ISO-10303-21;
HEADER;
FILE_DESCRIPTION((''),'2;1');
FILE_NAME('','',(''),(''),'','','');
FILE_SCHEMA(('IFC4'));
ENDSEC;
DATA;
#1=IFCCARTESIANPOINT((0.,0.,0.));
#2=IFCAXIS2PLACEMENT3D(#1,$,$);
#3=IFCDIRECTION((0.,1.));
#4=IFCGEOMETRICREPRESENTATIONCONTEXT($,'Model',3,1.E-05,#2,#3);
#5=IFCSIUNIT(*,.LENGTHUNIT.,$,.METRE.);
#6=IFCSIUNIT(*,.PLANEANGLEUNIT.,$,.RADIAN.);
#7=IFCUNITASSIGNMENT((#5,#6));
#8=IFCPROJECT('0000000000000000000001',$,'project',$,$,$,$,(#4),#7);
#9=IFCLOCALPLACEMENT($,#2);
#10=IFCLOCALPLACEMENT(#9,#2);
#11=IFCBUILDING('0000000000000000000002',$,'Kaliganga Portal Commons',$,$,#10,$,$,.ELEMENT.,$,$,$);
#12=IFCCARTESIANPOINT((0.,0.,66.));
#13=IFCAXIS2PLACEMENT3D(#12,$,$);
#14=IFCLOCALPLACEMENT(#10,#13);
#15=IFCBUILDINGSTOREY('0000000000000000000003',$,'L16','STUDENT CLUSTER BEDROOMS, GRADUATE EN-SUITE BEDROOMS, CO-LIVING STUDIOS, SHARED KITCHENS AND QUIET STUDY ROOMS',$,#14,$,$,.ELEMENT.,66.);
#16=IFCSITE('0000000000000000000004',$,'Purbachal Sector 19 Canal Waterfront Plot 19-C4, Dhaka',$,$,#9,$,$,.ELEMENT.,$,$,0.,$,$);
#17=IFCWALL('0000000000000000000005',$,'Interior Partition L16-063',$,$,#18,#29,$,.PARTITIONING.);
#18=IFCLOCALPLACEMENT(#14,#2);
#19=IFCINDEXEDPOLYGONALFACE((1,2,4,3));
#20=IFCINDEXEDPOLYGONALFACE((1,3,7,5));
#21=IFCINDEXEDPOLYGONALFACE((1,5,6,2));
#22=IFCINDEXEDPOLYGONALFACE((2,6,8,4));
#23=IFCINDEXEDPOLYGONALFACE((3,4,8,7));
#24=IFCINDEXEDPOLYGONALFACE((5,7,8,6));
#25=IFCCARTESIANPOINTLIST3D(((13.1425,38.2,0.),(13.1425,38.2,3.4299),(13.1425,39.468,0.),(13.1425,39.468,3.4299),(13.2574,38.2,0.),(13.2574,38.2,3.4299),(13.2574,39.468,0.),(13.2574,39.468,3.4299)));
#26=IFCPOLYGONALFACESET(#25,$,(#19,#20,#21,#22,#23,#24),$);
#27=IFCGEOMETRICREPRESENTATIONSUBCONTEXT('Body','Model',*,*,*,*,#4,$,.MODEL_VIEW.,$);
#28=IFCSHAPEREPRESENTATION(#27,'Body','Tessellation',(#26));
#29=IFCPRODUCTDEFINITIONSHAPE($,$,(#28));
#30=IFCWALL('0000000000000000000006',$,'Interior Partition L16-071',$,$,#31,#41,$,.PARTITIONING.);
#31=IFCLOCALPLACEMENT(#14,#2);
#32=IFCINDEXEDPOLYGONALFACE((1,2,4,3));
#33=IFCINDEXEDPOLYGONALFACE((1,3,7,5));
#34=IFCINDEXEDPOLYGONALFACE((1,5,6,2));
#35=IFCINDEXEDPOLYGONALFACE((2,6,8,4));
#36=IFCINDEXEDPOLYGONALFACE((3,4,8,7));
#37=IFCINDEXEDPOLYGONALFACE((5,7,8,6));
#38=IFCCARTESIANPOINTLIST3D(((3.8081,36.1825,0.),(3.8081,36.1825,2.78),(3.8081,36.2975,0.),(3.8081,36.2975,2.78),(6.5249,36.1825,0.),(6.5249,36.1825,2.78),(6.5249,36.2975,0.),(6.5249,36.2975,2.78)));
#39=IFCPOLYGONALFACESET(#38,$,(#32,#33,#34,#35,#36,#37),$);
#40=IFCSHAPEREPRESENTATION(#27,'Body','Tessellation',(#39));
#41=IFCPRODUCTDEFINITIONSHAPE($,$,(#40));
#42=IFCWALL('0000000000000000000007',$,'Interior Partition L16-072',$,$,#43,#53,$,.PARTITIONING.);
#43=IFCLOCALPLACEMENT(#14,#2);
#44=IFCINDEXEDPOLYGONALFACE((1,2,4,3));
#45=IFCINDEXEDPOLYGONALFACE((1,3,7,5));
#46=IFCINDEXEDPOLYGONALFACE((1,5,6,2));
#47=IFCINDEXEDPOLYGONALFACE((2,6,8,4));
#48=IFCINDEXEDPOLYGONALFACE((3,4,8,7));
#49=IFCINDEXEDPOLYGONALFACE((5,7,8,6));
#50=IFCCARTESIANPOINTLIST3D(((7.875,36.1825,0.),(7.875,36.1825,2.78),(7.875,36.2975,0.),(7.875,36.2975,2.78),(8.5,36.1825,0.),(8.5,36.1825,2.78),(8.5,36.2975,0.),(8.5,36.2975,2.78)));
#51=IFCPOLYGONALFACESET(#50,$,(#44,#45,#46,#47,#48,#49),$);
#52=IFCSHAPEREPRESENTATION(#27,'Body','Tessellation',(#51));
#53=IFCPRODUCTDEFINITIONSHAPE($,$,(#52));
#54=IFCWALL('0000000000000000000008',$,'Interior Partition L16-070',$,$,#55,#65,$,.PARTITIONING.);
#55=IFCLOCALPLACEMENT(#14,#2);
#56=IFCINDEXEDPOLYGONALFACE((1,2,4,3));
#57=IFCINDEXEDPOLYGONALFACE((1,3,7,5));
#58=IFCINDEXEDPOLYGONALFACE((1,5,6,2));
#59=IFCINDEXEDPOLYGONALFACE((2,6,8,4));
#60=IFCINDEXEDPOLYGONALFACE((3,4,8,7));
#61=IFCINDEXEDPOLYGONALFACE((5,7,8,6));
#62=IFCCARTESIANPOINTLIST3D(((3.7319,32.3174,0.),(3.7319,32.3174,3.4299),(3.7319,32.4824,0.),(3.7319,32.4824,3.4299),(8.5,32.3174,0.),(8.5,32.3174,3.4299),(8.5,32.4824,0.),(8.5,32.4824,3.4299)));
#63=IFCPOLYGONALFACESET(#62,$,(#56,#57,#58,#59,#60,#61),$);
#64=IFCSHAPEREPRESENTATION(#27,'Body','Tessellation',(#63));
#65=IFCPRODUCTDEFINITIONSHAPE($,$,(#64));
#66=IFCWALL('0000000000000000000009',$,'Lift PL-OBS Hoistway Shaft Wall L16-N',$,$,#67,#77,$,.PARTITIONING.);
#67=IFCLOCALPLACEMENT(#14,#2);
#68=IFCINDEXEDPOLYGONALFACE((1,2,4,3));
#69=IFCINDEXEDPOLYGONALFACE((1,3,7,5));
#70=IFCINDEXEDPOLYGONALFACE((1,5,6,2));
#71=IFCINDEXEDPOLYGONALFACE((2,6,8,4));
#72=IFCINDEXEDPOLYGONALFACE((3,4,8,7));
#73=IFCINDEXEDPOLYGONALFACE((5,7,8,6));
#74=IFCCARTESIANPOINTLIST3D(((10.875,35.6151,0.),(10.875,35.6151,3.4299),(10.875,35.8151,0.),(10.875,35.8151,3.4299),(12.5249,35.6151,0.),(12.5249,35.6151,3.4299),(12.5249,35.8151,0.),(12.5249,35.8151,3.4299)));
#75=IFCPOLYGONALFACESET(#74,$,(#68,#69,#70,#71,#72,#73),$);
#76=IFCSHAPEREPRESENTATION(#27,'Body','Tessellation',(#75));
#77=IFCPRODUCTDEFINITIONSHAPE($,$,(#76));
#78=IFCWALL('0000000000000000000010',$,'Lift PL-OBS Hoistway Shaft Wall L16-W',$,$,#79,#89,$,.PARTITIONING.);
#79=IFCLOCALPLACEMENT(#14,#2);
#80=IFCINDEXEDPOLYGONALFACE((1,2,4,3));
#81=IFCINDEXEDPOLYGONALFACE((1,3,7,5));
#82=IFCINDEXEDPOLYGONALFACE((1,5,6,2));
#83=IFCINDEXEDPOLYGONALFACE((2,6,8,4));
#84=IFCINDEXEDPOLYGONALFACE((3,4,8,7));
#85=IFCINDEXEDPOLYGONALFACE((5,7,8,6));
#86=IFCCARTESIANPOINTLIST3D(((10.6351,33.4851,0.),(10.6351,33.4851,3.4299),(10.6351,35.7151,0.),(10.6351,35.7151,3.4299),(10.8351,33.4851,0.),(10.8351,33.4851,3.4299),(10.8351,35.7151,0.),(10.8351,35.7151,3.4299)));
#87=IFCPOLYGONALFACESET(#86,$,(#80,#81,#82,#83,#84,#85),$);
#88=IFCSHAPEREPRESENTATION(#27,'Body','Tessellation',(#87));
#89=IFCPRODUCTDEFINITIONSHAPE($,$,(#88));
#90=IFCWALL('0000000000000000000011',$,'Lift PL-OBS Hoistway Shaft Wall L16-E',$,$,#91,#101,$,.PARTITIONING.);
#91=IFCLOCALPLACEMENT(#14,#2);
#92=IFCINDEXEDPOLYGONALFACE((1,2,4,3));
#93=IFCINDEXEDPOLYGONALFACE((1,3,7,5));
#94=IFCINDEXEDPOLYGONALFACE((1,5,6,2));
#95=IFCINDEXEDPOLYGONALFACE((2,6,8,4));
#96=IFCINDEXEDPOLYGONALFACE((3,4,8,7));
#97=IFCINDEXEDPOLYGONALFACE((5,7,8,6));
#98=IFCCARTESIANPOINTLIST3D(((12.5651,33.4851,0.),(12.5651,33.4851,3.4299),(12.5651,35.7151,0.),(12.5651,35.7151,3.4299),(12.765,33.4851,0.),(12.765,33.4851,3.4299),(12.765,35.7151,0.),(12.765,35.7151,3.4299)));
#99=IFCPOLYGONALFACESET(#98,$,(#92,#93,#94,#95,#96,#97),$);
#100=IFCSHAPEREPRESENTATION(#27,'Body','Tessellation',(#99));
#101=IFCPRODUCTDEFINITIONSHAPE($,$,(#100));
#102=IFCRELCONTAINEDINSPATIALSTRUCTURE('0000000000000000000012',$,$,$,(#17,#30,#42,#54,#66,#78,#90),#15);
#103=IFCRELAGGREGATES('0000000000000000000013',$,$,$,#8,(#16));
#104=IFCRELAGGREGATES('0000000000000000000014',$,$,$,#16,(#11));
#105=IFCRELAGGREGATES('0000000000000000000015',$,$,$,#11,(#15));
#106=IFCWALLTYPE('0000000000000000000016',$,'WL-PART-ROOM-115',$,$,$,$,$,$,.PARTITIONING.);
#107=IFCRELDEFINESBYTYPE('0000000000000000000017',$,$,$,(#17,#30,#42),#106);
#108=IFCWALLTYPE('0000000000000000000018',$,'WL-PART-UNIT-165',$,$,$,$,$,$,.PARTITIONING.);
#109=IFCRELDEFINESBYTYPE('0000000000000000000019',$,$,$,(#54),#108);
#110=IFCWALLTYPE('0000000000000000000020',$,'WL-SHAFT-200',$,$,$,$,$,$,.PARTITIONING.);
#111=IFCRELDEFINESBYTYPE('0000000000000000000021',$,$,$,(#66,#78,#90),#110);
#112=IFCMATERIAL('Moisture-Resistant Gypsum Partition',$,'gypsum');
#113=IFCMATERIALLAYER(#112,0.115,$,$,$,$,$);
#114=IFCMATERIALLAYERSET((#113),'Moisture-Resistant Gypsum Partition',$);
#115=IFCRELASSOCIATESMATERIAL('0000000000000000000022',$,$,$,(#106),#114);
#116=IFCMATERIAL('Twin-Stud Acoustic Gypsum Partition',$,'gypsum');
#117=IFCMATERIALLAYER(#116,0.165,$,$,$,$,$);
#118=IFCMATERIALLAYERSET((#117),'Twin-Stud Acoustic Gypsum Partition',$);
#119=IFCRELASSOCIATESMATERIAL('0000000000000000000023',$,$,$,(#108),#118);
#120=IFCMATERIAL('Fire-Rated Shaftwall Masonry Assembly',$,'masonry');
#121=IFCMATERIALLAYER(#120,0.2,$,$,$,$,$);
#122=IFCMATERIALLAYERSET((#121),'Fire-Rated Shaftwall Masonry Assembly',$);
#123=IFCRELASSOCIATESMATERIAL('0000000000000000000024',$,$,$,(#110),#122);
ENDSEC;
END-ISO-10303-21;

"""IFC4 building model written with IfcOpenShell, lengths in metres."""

from ifc_helpers import new_model, si_unit, direction, frame, frame_2d, origin, place, context, subcontext, project, spatial, rectangle, extrude, material, layer, layer_set, type_object, element, save


model = new_model("IFC4")

# Units and contexts
model_context = context("Model", 3, precision=1e-05, world=origin(), true_north=direction((0.0, 1.0)))
body_context = subcontext(model_context, "Body", "Model", "MODEL_VIEW")
ifc_project = project(units=[si_unit("LENGTHUNIT", "METRE"), si_unit("PLANEANGLEUNIT", "RADIAN")], contexts=[model_context])

# Site, building, storey
site_placement = place(None, origin())
site = spatial("IfcSite", under=ifc_project, at=site_placement, Name="Purbachal Sector 19 Canal Waterfront Plot 19-C4, Dhaka", CompositionType="ELEMENT", RefElevation=0.0)
building_placement = place(site_placement, origin())
building = spatial("IfcBuilding", under=site, at=building_placement, Name="Kaliganga Portal Commons", CompositionType="ELEMENT")
storey_placement = place(building_placement, frame((0.0, 0.0, 66.0)))
storey = spatial("IfcBuildingStorey", under=building, at=storey_placement, Name="L16", Description="STUDENT CLUSTER BEDROOMS, GRADUATE EN-SUITE BEDROOMS, CO-LIVING STUDIOS, SHARED KITCHENS AND QUIET STUDY ROOMS", CompositionType="ELEMENT", Elevation=66.0)

# Walls
ifc_material_1 = material(Name="Moisture-Resistant Gypsum Partition", Category="gypsum")
ifc_layer_1 = layer(ifc_material_1, 0.115)
ifc_layer_set_1 = layer_set([ifc_layer_1], Name="Moisture-Resistant Gypsum Partition")
wall_type_1 = type_object("IfcWallType", Name="WL-PART-ROOM-115", PredefinedType="PARTITIONING", material=ifc_layer_set_1)
wall_1_placement = place(storey_placement, frame((13.2, 38.2, 0.0), z_axis=(0.0, 0.0, 1.0), x_axis=(0.0, 1.0, 0.0)))
element("IfcWall", 1, at=wall_1_placement, inside=storey, type_object=wall_type_1, Name="Interior Partition L16-063", PredefinedType="PARTITIONING", context=body_context, shape_type="SweptSolid", body=[
    extrude(rectangle(XDim=1.2681, YDim=0.115, at=frame_2d((0.634, 0.0))), origin(), (0.0, 0.0, 1.0), 3.4299),
])
wall_2_placement = place(storey_placement, frame((3.8081, 36.24, 0.0), z_axis=(0.0, 0.0, 1.0), x_axis=(1.0, 0.0, 0.0)))
element("IfcWall", 2, at=wall_2_placement, inside=storey, type_object=wall_type_1, Name="Interior Partition L16-071", PredefinedType="PARTITIONING", context=body_context, shape_type="SweptSolid", body=[
    extrude(rectangle(XDim=2.7168, YDim=0.115, at=frame_2d((1.3584, 0.0))), origin(), (0.0, 0.0, 1.0), 2.78),
])
wall_3_placement = place(storey_placement, frame((7.875, 36.24, 0.0), z_axis=(0.0, 0.0, 1.0), x_axis=(1.0, 0.0, 0.0)))
element("IfcWall", 3, at=wall_3_placement, inside=storey, type_object=wall_type_1, Name="Interior Partition L16-072", PredefinedType="PARTITIONING", context=body_context, shape_type="SweptSolid", body=[
    extrude(rectangle(XDim=0.625, YDim=0.115, at=frame_2d((0.3125, 0.0))), origin(), (0.0, 0.0, 1.0), 2.78),
])
ifc_material_2 = material(Name="Twin-Stud Acoustic Gypsum Partition", Category="gypsum")
ifc_layer_2 = layer(ifc_material_2, 0.165)
ifc_layer_set_2 = layer_set([ifc_layer_2], Name="Twin-Stud Acoustic Gypsum Partition")
wall_type_2 = type_object("IfcWallType", Name="WL-PART-UNIT-165", PredefinedType="PARTITIONING", material=ifc_layer_set_2)
wall_4_placement = place(storey_placement, frame((3.7319, 32.3999, 0.0), z_axis=(0.0, 0.0, 1.0), x_axis=(1.0, 0.0, 0.0)))
element("IfcWall", 4, at=wall_4_placement, inside=storey, type_object=wall_type_2, Name="Interior Partition L16-070", PredefinedType="PARTITIONING", context=body_context, shape_type="SweptSolid", body=[
    extrude(rectangle(XDim=4.7681, YDim=0.165, at=frame_2d((2.384, 0.0))), origin(), (0.0, 0.0, 1.0), 3.4299),
])

# Shared definitions
ifc_material_3 = material(Name="Fire-Rated Shaftwall Masonry Assembly", Category="masonry")
ifc_layer_3 = layer(ifc_material_3, 0.2)
ifc_layer_set_3 = layer_set([ifc_layer_3], Name="Fire-Rated Shaftwall Masonry Assembly")
wall_type_3 = type_object("IfcWallType", Name="WL-SHAFT-200", PredefinedType="PARTITIONING", material=ifc_layer_set_3)

# Walls
wall_5_placement = place(storey_placement, frame((10.875, 35.7151, 0.0), z_axis=(0.0, 0.0, 1.0), x_axis=(1.0, 0.0, 0.0)))
element("IfcWall", 5, at=wall_5_placement, inside=storey, type_object=wall_type_3, Name="Lift PL-OBS Hoistway Shaft Wall L16-N", PredefinedType="PARTITIONING", context=body_context, shape_type="SweptSolid", body=[
    extrude(rectangle(XDim=1.6499, YDim=0.2, at=frame_2d((0.825, 0.0))), origin(), (0.0, 0.0, 1.0), 3.4299),
])
for number, where, z_axis, x_axis, name in (
    (6, (10.7351, 33.4851, 0.0), (0.0, 0.0, 1.0), (0.0, 1.0, 0.0), "Lift PL-OBS Hoistway Shaft Wall L16-W"),
    (7, (12.665, 33.4851, 0.0), (0.0, 0.0, 1.0), (0.0, 1.0, 0.0), "Lift PL-OBS Hoistway Shaft Wall L16-E"),
):
    element("IfcWall", number, at=place(storey_placement, frame(where, z_axis=z_axis, x_axis=x_axis)), inside=storey, type_object=wall_type_3, Name=name, PredefinedType="PARTITIONING", context=body_context, shape_type="SweptSolid", body=[
        extrude(rectangle(XDim=2.23, YDim=0.2, at=frame_2d((1.115, 0.0))), origin(), (0.0, 0.0, 1.0), 3.4299),
    ])

save(model, "model.ifc")
